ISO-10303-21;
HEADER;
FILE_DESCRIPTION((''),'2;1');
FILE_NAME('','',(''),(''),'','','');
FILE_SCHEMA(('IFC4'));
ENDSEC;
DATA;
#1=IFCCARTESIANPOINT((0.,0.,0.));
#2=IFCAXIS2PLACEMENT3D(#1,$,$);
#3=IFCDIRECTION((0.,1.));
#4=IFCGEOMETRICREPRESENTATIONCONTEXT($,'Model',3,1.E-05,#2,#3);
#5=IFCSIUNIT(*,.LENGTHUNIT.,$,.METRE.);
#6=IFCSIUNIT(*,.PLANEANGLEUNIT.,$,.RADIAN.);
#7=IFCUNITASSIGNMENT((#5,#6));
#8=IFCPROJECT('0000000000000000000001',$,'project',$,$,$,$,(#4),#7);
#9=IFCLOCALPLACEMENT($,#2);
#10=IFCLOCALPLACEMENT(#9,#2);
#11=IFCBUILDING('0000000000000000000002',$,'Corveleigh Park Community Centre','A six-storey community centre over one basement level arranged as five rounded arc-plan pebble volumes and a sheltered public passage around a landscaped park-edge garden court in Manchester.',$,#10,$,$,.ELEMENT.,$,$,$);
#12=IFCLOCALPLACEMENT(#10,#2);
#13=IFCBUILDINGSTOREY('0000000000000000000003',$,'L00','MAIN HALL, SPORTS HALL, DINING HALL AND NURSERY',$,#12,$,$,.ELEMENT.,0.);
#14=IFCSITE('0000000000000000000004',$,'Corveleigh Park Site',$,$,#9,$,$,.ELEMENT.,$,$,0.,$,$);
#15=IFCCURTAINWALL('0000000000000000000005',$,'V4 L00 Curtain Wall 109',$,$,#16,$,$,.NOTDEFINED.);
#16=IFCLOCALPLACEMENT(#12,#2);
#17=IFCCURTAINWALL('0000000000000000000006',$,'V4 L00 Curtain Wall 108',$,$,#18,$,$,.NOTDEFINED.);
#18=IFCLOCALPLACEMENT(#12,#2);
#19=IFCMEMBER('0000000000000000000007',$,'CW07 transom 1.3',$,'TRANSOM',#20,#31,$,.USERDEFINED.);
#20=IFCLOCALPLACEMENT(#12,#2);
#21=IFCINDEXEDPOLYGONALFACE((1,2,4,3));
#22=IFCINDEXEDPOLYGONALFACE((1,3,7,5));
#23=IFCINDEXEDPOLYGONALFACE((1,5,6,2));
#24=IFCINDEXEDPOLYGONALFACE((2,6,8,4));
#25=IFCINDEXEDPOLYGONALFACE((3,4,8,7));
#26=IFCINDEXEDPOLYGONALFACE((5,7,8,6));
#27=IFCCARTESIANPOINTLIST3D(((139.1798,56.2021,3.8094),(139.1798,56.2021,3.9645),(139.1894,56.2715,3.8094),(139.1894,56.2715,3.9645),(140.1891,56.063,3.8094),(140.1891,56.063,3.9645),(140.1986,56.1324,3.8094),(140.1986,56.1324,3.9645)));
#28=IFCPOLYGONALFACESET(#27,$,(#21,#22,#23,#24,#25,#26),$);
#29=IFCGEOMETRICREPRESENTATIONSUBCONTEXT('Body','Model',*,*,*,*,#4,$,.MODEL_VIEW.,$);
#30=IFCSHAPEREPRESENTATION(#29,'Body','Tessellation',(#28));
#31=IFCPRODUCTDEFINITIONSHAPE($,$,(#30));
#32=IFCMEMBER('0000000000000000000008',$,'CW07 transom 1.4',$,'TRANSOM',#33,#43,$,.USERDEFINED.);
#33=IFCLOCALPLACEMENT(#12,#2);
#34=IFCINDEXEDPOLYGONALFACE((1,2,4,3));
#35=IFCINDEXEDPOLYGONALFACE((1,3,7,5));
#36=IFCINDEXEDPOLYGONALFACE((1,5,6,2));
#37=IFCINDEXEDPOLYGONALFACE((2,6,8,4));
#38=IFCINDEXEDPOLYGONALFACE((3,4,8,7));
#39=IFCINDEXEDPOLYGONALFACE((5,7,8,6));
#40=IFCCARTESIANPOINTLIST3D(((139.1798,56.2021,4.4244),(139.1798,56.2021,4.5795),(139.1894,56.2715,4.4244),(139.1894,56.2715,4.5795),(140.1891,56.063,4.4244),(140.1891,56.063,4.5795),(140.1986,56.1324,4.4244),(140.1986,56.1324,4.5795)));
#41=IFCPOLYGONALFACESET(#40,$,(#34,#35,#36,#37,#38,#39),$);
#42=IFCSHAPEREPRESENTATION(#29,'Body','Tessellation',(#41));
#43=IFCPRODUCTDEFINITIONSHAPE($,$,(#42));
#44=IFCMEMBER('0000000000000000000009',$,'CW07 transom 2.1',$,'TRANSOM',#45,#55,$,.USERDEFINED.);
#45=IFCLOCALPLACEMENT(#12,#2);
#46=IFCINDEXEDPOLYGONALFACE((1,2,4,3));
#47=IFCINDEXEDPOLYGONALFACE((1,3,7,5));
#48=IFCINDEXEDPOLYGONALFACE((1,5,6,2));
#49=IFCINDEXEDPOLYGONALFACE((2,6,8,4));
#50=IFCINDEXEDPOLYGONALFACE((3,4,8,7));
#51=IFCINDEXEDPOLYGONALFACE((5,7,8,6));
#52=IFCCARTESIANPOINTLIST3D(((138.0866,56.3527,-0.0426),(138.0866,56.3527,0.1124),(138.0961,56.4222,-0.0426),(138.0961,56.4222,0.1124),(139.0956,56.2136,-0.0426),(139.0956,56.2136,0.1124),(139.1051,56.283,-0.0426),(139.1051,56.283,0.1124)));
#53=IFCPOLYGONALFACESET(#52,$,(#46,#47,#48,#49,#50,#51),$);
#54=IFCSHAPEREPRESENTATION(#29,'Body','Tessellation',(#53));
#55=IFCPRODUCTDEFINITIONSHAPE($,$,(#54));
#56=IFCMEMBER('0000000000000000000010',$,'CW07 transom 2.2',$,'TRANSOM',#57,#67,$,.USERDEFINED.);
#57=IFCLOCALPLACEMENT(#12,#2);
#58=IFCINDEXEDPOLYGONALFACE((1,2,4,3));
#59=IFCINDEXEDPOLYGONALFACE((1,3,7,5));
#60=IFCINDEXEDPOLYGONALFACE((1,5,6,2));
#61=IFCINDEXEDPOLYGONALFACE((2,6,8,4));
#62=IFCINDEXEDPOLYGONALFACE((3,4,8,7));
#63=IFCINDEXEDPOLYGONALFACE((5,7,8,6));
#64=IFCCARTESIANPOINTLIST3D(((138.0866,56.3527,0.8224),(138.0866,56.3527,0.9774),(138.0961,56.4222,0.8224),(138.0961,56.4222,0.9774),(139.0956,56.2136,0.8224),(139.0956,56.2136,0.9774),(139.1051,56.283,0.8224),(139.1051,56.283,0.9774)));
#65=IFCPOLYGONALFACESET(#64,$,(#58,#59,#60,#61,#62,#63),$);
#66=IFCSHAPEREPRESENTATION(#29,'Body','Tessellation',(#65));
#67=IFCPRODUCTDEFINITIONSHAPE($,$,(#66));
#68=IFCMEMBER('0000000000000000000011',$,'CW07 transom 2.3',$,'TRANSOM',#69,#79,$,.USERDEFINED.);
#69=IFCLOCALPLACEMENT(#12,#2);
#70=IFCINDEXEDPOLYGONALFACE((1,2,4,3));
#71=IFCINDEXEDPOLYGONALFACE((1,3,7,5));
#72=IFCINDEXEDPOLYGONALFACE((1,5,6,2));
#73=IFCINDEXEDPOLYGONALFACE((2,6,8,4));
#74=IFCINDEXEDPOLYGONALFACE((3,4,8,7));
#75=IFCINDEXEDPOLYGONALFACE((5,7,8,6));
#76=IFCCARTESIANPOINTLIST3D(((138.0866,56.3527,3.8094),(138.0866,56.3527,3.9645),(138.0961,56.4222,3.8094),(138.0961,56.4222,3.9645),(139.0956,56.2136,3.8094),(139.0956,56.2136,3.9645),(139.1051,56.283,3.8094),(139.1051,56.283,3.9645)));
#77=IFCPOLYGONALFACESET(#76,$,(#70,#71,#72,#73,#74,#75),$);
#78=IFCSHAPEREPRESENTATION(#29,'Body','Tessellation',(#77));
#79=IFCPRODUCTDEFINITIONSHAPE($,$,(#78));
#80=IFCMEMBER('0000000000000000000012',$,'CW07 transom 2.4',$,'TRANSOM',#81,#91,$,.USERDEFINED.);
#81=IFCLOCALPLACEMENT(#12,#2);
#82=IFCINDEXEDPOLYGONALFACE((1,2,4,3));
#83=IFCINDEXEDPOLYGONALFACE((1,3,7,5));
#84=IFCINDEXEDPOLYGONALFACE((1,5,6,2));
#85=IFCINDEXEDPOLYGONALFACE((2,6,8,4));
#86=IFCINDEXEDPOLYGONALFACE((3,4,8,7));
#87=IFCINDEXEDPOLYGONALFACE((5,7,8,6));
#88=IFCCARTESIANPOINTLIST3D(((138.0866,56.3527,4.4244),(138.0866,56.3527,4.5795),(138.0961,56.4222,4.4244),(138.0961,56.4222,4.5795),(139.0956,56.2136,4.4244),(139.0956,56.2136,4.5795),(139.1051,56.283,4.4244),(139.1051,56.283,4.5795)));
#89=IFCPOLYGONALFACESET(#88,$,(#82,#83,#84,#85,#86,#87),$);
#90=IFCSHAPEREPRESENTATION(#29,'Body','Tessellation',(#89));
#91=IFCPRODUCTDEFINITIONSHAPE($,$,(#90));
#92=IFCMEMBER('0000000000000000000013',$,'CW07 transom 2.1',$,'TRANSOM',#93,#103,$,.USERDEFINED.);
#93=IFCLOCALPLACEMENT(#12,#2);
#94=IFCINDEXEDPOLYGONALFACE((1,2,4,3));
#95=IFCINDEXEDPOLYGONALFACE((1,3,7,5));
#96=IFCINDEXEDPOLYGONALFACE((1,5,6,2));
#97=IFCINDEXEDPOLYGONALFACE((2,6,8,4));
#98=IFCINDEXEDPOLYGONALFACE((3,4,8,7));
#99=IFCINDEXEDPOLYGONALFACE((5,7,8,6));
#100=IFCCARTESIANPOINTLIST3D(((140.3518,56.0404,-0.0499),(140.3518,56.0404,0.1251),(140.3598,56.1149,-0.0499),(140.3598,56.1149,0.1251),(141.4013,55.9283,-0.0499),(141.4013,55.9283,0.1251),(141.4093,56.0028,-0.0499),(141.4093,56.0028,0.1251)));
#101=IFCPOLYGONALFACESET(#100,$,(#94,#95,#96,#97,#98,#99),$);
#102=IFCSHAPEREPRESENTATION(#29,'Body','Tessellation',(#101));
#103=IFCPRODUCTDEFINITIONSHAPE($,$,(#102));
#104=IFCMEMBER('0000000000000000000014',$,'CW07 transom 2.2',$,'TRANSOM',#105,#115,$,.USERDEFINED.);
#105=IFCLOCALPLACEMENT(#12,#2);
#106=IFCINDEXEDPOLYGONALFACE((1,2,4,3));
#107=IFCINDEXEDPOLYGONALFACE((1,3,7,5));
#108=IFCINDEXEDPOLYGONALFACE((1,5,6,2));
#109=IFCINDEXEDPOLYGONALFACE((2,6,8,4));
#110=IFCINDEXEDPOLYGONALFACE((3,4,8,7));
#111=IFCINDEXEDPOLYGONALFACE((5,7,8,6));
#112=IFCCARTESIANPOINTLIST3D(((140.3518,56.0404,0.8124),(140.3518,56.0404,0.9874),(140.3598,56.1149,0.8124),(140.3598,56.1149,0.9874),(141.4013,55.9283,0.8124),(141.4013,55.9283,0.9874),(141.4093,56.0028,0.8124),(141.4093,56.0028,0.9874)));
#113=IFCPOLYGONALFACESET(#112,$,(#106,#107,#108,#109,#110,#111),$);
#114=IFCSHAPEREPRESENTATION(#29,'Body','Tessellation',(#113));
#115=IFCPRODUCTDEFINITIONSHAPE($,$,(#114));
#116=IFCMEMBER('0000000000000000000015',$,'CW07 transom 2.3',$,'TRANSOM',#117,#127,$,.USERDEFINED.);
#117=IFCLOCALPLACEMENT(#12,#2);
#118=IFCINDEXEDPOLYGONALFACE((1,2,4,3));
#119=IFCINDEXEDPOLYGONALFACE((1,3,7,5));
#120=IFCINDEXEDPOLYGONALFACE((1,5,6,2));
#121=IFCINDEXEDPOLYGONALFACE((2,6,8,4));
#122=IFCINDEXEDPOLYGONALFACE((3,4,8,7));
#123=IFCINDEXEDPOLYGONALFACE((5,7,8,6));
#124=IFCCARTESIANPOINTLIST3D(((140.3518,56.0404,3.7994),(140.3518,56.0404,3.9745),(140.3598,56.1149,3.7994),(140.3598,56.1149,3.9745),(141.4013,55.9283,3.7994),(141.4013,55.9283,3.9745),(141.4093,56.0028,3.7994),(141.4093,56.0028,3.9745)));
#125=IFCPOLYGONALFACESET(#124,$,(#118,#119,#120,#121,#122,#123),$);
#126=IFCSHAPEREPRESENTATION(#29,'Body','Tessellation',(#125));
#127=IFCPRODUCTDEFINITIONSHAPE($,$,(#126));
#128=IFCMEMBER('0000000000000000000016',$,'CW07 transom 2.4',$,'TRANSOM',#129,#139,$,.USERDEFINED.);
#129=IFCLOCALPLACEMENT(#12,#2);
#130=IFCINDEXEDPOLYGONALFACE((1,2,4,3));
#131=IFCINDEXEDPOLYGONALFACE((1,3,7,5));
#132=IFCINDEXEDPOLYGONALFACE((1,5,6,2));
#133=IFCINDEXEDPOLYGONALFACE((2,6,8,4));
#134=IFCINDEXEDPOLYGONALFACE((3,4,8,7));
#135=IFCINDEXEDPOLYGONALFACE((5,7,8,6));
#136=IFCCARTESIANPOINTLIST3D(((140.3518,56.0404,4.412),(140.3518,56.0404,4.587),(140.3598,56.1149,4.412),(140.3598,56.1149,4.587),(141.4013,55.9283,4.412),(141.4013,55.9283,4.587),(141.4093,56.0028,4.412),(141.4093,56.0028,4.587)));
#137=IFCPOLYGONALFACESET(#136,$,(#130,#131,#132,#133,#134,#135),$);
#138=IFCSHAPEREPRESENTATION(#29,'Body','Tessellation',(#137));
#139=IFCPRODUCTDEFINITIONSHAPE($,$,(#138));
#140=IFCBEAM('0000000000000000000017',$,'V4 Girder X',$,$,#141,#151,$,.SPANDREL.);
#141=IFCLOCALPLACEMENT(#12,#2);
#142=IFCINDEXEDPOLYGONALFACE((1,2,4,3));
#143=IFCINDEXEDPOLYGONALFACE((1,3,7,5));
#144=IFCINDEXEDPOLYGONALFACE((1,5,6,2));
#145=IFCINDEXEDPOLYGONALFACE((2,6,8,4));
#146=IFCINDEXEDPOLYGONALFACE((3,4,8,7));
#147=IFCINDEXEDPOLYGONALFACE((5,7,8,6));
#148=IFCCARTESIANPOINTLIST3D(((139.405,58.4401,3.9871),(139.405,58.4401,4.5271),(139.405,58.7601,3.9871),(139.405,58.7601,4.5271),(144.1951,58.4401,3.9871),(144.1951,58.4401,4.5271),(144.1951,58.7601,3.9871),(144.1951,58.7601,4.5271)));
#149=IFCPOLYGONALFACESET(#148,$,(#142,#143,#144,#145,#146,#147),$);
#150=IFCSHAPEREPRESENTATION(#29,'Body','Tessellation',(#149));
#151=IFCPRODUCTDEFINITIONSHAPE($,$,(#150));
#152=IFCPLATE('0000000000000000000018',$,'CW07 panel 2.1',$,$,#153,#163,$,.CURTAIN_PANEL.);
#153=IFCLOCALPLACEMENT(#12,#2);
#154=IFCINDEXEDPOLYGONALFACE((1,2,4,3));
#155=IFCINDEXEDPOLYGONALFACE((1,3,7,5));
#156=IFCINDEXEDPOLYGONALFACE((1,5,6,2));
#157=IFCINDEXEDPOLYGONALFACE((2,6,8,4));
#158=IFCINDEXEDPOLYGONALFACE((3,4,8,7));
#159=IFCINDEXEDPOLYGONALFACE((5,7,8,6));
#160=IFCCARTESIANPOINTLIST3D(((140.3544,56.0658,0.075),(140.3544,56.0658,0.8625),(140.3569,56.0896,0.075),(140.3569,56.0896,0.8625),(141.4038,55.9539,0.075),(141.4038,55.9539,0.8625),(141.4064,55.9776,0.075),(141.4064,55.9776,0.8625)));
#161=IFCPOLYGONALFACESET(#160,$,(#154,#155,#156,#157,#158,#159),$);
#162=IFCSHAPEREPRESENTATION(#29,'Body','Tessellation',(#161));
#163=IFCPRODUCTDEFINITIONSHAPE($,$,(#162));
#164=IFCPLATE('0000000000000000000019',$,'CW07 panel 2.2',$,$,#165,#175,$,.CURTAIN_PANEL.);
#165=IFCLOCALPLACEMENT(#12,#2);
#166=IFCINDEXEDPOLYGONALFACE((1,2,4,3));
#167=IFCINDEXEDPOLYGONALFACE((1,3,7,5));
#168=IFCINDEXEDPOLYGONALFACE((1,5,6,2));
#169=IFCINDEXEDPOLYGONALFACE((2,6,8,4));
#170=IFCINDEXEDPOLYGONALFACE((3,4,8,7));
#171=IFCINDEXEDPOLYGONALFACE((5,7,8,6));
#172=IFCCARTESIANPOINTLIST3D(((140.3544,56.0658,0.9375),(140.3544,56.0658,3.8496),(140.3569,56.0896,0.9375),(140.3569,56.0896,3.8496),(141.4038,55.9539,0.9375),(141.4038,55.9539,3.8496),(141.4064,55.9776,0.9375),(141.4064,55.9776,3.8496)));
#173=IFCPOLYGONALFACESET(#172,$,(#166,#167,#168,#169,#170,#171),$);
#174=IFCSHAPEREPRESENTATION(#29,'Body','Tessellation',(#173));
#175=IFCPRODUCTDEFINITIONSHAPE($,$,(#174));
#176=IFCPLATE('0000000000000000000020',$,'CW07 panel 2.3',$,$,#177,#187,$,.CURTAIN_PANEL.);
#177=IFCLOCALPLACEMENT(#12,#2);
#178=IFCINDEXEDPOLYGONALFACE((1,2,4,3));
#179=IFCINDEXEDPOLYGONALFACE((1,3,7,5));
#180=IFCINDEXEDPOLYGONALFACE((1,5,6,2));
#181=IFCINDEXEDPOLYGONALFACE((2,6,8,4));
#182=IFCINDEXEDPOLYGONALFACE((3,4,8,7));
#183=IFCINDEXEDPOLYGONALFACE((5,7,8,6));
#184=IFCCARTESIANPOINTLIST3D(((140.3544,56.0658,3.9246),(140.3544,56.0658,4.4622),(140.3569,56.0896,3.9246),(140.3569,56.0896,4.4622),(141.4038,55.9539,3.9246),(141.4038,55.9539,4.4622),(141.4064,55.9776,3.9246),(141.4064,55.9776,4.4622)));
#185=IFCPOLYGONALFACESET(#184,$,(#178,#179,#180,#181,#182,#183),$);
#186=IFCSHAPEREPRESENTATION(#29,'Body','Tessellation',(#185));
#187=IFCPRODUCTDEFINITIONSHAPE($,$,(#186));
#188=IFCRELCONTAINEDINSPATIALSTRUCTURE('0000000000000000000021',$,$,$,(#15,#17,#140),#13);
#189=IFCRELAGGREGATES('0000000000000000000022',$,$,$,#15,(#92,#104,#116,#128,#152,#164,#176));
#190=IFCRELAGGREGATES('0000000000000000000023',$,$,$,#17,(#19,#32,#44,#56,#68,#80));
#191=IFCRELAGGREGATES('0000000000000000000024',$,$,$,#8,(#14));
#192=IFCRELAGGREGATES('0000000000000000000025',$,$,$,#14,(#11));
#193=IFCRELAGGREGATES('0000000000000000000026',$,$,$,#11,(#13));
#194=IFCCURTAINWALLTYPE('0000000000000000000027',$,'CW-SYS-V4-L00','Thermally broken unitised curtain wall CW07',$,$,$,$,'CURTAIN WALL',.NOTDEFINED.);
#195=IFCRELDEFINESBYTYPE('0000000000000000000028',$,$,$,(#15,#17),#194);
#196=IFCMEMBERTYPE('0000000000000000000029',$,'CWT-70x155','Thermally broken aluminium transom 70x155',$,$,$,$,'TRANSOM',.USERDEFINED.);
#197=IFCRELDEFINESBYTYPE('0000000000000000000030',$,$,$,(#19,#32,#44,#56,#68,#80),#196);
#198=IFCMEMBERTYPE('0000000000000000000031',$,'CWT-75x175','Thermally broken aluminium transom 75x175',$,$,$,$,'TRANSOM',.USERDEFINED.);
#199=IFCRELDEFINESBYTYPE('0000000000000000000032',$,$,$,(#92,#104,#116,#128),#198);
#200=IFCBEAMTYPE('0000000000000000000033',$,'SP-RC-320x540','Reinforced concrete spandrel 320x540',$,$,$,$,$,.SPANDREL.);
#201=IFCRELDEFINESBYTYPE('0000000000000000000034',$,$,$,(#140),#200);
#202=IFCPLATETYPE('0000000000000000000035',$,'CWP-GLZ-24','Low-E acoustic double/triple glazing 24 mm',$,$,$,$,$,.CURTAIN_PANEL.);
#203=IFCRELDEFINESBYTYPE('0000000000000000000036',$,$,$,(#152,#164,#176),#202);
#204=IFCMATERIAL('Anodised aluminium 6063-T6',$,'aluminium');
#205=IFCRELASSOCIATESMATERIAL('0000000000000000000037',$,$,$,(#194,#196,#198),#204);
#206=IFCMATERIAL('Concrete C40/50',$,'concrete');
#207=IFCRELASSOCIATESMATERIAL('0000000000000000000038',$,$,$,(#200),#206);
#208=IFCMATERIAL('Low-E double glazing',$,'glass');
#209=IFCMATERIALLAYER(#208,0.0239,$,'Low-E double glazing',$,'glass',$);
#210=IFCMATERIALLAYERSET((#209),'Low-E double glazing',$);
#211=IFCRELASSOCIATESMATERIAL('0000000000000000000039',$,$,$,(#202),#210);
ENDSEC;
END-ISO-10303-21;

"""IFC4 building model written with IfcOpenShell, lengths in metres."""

from ifc_helpers import new_model, si_unit, direction, frame, origin, origin_2d, place, context, subcontext, project, spatial, rectangle, extrude, material, layer, layer_set, material_profile, profile_set, type_object, element, aggregate, save


model = new_model("IFC4")

# Units and contexts
model_context = context("Model", 3, precision=1e-05, world=origin(), true_north=direction((0.0, 1.0)))
body_context = subcontext(model_context, "Body", "Model", "MODEL_VIEW")
ifc_project = project(units=[si_unit("LENGTHUNIT", "METRE"), si_unit("PLANEANGLEUNIT", "RADIAN")], contexts=[model_context])

# Site, building, storey
site_placement = place(None, origin())
site = spatial("IfcSite", under=ifc_project, at=site_placement, Name="Corveleigh Park Site", CompositionType="ELEMENT", RefElevation=0.0)
building_placement = place(site_placement, origin())
building = spatial("IfcBuilding", under=site, at=building_placement, Name="Corveleigh Park Community Centre", Description="A six-storey community centre over one basement level arranged as five rounded arc-plan pebble volumes and a sheltered public passage around a landscaped park-edge garden court in Manchester.", CompositionType="ELEMENT")
storey_placement = place(building_placement, origin())
storey = spatial("IfcBuildingStorey", under=building, at=storey_placement, Name="L00", Description="MAIN HALL, SPORTS HALL, DINING HALL AND NURSERY", CompositionType="ELEMENT", Elevation=0.0)

# Shared definitions
ifc_material_1 = material(Name="Concrete C40/50", Category="concrete")

# Curtain wall
ifc_material_2 = material(Name="Anodised aluminium 6063-T6", Category="aluminium")
curtain_wall_type = type_object("IfcCurtainWallType", Name="CW-SYS-V4-L00", Description="Thermally broken unitised curtain wall CW07", ElementType="CURTAIN WALL", PredefinedType="NOTDEFINED", material=ifc_material_2)
curtain_wall_1_placement = place(storey_placement, origin())
curtain_wall_1 = element("IfcCurtainWall", 1, at=curtain_wall_1_placement, inside=storey, type_object=curtain_wall_type, Name="V4 L00 Curtain Wall 109", PredefinedType="NOTDEFINED")

# Curtain wall
curtain_wall_2_placement = place(storey_placement, origin())
curtain_wall_2 = element("IfcCurtainWall", 2, at=curtain_wall_2_placement, inside=storey, type_object=curtain_wall_type, Name="V4 L00 Curtain Wall 108", PredefinedType="NOTDEFINED")

# Members
ifc_material_profile_1 = material_profile(ifc_material_2, rectangle(XDim=0.0701, YDim=0.155, at=origin_2d()), Name="ALU-T70x155", Category="aluminium")
ifc_profile_set_1 = profile_set([ifc_material_profile_1], Name="Anodised aluminium 6063-T6")
member_type_1 = type_object("IfcMemberType", Name="CWT-70x155", Description="Thermally broken aluminium transom 70x155", ElementType="TRANSOM", PredefinedType="USERDEFINED", material=ifc_profile_set_1)
member_1_placement = place(storey_placement, frame((140.1938, 56.0977, 3.887), z_axis=(-0.990628, 0.136589, 0.0), x_axis=(-0.136589, -0.990628, 0.0)))
member_1 = element("IfcMember", 3, at=member_1_placement, type_object=member_type_1, Name="CW07 transom 1.3", ObjectType="TRANSOM", PredefinedType="USERDEFINED", context=body_context, shape_type="SweptSolid", body=[
    extrude(rectangle(XDim=0.0701, YDim=0.155, at=origin_2d()), origin(), (0.0, 0.0, 1.0), 1.0188),
])
member_2_placement = place(storey_placement, frame((140.1938, 56.0977, 4.502), z_axis=(-0.990628, 0.136589, 0.0), x_axis=(-0.136589, -0.990628, 0.0)))
member_2 = element("IfcMember", 4, at=member_2_placement, type_object=member_type_1, Name="CW07 transom 1.4", ObjectType="TRANSOM", PredefinedType="USERDEFINED", context=body_context, shape_type="SweptSolid", body=[
    extrude(rectangle(XDim=0.0701, YDim=0.155, at=origin_2d()), origin(), (0.0, 0.0, 1.0), 1.0188),
])
member_3_placement = place(storey_placement, frame((139.1003, 56.2483, 0.0349), z_axis=(-0.990623, 0.136621, 0.0), x_axis=(-0.136621, -0.990623, 0.0)))
member_3 = element("IfcMember", 5, at=member_3_placement, type_object=member_type_1, Name="CW07 transom 2.1", ObjectType="TRANSOM", PredefinedType="USERDEFINED", context=body_context, shape_type="SweptSolid", body=[
    extrude(rectangle(XDim=0.0701, YDim=0.155, at=origin_2d()), origin(), (0.0, 0.0, 1.0), 1.0186),
])
member_4_placement = place(storey_placement, frame((139.1003, 56.2483, 0.8999), z_axis=(-0.990623, 0.136621, 0.0), x_axis=(-0.136621, -0.990623, 0.0)))
member_4 = element("IfcMember", 6, at=member_4_placement, type_object=member_type_1, Name="CW07 transom 2.2", ObjectType="TRANSOM", PredefinedType="USERDEFINED", context=body_context, shape_type="SweptSolid", body=[
    extrude(rectangle(XDim=0.0701, YDim=0.155, at=origin_2d()), origin(), (0.0, 0.0, 1.0), 1.0186),
])
member_5_placement = place(storey_placement, frame((139.1003, 56.2483, 3.887), z_axis=(-0.990623, 0.136621, 0.0), x_axis=(-0.136621, -0.990623, 0.0)))
member_5 = element("IfcMember", 7, at=member_5_placement, type_object=member_type_1, Name="CW07 transom 2.3", ObjectType="TRANSOM", PredefinedType="USERDEFINED", context=body_context, shape_type="SweptSolid", body=[
    extrude(rectangle(XDim=0.0701, YDim=0.155, at=origin_2d()), origin(), (0.0, 0.0, 1.0), 1.0186),
])
member_6_placement = place(storey_placement, frame((139.1003, 56.2483, 4.502), z_axis=(-0.990623, 0.136621, 0.0), x_axis=(-0.136621, -0.990623, 0.0)))
member_6 = element("IfcMember", 8, at=member_6_placement, type_object=member_type_1, Name="CW07 transom 2.4", ObjectType="TRANSOM", PredefinedType="USERDEFINED", context=body_context, shape_type="SweptSolid", body=[
    extrude(rectangle(XDim=0.0701, YDim=0.155, at=origin_2d()), origin(), (0.0, 0.0, 1.0), 1.0186),
])
ifc_material_profile_2 = material_profile(ifc_material_2, rectangle(XDim=0.075, YDim=0.175, at=origin_2d()), Name="ALU-T75x175", Category="aluminium")
ifc_profile_set_2 = profile_set([ifc_material_profile_2], Name="Anodised aluminium 6063-T6")
member_type_2 = type_object("IfcMemberType", Name="CWT-75x175", Description="Thermally broken aluminium transom 75x175", ElementType="TRANSOM", PredefinedType="USERDEFINED", material=ifc_profile_set_2)
member_7_placement = place(storey_placement, frame((141.4053, 55.9656, 0.0376), z_axis=(-0.994348, 0.106166, 0.0), x_axis=(-0.106166, -0.994348, 0.0)))
member_7 = element("IfcMember", 9, at=member_7_placement, type_object=member_type_2, Name="CW07 transom 2.1", ObjectType="TRANSOM", PredefinedType="USERDEFINED", context=body_context, shape_type="SweptSolid", body=[
    extrude(rectangle(XDim=0.075, YDim=0.175, at=origin_2d()), origin(), (0.0, 0.0, 1.0), 1.0554),
])
member_8_placement = place(storey_placement, frame((141.4053, 55.9656, 0.8999), z_axis=(-0.994348, 0.106166, 0.0), x_axis=(-0.106166, -0.994348, 0.0)))
member_8 = element("IfcMember", 10, at=member_8_placement, type_object=member_type_2, Name="CW07 transom 2.2", ObjectType="TRANSOM", PredefinedType="USERDEFINED", context=body_context, shape_type="SweptSolid", body=[
    extrude(rectangle(XDim=0.075, YDim=0.175, at=origin_2d()), origin(), (0.0, 0.0, 1.0), 1.0554),
])
member_9_placement = place(storey_placement, frame((141.4053, 55.9656, 3.887), z_axis=(-0.994348, 0.106166, 0.0), x_axis=(-0.106166, -0.994348, 0.0)))
member_9 = element("IfcMember", 11, at=member_9_placement, type_object=member_type_2, Name="CW07 transom 2.3", ObjectType="TRANSOM", PredefinedType="USERDEFINED", context=body_context, shape_type="SweptSolid", body=[
    extrude(rectangle(XDim=0.075, YDim=0.175, at=origin_2d()), origin(), (0.0, 0.0, 1.0), 1.0554),
])
member_10_placement = place(storey_placement, frame((141.4053, 55.9656, 4.4995), z_axis=(-0.994348, 0.106166, 0.0), x_axis=(-0.106166, -0.994348, 0.0)))
member_10 = element("IfcMember", 12, at=member_10_placement, type_object=member_type_2, Name="CW07 transom 2.4", ObjectType="TRANSOM", PredefinedType="USERDEFINED", context=body_context, shape_type="SweptSolid", body=[
    extrude(rectangle(XDim=0.075, YDim=0.175, at=origin_2d()), origin(), (0.0, 0.0, 1.0), 1.0554),
])

# Beam
ifc_material_profile_3 = material_profile(ifc_material_1, rectangle(XDim=0.3201, YDim=0.54, at=origin_2d()), Name="RC-320x540", Category="concrete")
ifc_profile_set_3 = profile_set([ifc_material_profile_3], Name="Concrete C40/50")
beam_type_1 = type_object("IfcBeamType", Name="SP-RC-320x540", Description="Reinforced concrete spandrel 320x540", PredefinedType="SPANDREL", material=ifc_profile_set_3)
beam_1_placement = place(storey_placement, frame((139.405, 58.6001, 4.2571), z_axis=(1.0, 0.0, 0.0), x_axis=(0.0, 1.0, 0.0)))
element("IfcBeam", 13, at=beam_1_placement, inside=storey, type_object=beam_type_1, Name="V4 Girder X", PredefinedType="SPANDREL", context=body_context, shape_type="SweptSolid", body=[
    extrude(rectangle(XDim=0.3201, YDim=0.54, at=origin_2d()), origin(), (0.0, 0.0, 1.0), 4.79),
])

# Plates
ifc_material_3 = material(Name="Low-E double glazing", Category="glass")
ifc_layer_1 = layer(ifc_material_3, 0.0239, Name="Low-E double glazing", Category="glass")
ifc_layer_set_1 = layer_set([ifc_layer_1], Name="Low-E double glazing")
plate_type_1 = type_object("IfcPlateType", Name="CWP-GLZ-24", Description="Low-E acoustic double/triple glazing 24 mm", PredefinedType="CURTAIN_PANEL", material=ifc_layer_set_1)
plate_1_placement = place(storey_placement, frame((140.8804, 56.0217, 0.075), z_axis=(0.0, 0.0, 1.0), x_axis=(-0.994359, 0.106071, 0.0)))
plate_1 = element("IfcPlate", 14, at=plate_1_placement, type_object=plate_type_1, Name="CW07 panel 2.1", PredefinedType="CURTAIN_PANEL", context=body_context, shape_type="SweptSolid", body=[
    extrude(rectangle(XDim=1.0554, YDim=0.0239, at=origin_2d()), origin(), (0.0, 0.0, 1.0), 0.7876),
])
plate_2_placement = place(storey_placement, frame((140.8804, 56.0217, 0.9375), z_axis=(0.0, 0.0, 1.0), x_axis=(-0.994359, 0.106071, 0.0)))
plate_2 = element("IfcPlate", 15, at=plate_2_placement, type_object=plate_type_1, Name="CW07 panel 2.2", PredefinedType="CURTAIN_PANEL", context=body_context, shape_type="SweptSolid", body=[
    extrude(rectangle(XDim=1.0554, YDim=0.0239, at=origin_2d()), origin(), (0.0, 0.0, 1.0), 2.9121),
])
plate_3_placement = place(storey_placement, frame((140.8804, 56.0217, 3.9246), z_axis=(0.0, 0.0, 1.0), x_axis=(-0.994359, 0.106071, 0.0)))
plate_3 = element("IfcPlate", 16, at=plate_3_placement, type_object=plate_type_1, Name="CW07 panel 2.3", PredefinedType="CURTAIN_PANEL", context=body_context, shape_type="SweptSolid", body=[
    extrude(rectangle(XDim=1.0554, YDim=0.0239, at=origin_2d()), origin(), (0.0, 0.0, 1.0), 0.5376),
])
aggregate(curtain_wall_1, [member_7, member_8, member_9, member_10, plate_1, plate_2, plate_3])
aggregate(curtain_wall_2, [member_1, member_2, member_3, member_4, member_5, member_6])

save(model, "model.ifc")
